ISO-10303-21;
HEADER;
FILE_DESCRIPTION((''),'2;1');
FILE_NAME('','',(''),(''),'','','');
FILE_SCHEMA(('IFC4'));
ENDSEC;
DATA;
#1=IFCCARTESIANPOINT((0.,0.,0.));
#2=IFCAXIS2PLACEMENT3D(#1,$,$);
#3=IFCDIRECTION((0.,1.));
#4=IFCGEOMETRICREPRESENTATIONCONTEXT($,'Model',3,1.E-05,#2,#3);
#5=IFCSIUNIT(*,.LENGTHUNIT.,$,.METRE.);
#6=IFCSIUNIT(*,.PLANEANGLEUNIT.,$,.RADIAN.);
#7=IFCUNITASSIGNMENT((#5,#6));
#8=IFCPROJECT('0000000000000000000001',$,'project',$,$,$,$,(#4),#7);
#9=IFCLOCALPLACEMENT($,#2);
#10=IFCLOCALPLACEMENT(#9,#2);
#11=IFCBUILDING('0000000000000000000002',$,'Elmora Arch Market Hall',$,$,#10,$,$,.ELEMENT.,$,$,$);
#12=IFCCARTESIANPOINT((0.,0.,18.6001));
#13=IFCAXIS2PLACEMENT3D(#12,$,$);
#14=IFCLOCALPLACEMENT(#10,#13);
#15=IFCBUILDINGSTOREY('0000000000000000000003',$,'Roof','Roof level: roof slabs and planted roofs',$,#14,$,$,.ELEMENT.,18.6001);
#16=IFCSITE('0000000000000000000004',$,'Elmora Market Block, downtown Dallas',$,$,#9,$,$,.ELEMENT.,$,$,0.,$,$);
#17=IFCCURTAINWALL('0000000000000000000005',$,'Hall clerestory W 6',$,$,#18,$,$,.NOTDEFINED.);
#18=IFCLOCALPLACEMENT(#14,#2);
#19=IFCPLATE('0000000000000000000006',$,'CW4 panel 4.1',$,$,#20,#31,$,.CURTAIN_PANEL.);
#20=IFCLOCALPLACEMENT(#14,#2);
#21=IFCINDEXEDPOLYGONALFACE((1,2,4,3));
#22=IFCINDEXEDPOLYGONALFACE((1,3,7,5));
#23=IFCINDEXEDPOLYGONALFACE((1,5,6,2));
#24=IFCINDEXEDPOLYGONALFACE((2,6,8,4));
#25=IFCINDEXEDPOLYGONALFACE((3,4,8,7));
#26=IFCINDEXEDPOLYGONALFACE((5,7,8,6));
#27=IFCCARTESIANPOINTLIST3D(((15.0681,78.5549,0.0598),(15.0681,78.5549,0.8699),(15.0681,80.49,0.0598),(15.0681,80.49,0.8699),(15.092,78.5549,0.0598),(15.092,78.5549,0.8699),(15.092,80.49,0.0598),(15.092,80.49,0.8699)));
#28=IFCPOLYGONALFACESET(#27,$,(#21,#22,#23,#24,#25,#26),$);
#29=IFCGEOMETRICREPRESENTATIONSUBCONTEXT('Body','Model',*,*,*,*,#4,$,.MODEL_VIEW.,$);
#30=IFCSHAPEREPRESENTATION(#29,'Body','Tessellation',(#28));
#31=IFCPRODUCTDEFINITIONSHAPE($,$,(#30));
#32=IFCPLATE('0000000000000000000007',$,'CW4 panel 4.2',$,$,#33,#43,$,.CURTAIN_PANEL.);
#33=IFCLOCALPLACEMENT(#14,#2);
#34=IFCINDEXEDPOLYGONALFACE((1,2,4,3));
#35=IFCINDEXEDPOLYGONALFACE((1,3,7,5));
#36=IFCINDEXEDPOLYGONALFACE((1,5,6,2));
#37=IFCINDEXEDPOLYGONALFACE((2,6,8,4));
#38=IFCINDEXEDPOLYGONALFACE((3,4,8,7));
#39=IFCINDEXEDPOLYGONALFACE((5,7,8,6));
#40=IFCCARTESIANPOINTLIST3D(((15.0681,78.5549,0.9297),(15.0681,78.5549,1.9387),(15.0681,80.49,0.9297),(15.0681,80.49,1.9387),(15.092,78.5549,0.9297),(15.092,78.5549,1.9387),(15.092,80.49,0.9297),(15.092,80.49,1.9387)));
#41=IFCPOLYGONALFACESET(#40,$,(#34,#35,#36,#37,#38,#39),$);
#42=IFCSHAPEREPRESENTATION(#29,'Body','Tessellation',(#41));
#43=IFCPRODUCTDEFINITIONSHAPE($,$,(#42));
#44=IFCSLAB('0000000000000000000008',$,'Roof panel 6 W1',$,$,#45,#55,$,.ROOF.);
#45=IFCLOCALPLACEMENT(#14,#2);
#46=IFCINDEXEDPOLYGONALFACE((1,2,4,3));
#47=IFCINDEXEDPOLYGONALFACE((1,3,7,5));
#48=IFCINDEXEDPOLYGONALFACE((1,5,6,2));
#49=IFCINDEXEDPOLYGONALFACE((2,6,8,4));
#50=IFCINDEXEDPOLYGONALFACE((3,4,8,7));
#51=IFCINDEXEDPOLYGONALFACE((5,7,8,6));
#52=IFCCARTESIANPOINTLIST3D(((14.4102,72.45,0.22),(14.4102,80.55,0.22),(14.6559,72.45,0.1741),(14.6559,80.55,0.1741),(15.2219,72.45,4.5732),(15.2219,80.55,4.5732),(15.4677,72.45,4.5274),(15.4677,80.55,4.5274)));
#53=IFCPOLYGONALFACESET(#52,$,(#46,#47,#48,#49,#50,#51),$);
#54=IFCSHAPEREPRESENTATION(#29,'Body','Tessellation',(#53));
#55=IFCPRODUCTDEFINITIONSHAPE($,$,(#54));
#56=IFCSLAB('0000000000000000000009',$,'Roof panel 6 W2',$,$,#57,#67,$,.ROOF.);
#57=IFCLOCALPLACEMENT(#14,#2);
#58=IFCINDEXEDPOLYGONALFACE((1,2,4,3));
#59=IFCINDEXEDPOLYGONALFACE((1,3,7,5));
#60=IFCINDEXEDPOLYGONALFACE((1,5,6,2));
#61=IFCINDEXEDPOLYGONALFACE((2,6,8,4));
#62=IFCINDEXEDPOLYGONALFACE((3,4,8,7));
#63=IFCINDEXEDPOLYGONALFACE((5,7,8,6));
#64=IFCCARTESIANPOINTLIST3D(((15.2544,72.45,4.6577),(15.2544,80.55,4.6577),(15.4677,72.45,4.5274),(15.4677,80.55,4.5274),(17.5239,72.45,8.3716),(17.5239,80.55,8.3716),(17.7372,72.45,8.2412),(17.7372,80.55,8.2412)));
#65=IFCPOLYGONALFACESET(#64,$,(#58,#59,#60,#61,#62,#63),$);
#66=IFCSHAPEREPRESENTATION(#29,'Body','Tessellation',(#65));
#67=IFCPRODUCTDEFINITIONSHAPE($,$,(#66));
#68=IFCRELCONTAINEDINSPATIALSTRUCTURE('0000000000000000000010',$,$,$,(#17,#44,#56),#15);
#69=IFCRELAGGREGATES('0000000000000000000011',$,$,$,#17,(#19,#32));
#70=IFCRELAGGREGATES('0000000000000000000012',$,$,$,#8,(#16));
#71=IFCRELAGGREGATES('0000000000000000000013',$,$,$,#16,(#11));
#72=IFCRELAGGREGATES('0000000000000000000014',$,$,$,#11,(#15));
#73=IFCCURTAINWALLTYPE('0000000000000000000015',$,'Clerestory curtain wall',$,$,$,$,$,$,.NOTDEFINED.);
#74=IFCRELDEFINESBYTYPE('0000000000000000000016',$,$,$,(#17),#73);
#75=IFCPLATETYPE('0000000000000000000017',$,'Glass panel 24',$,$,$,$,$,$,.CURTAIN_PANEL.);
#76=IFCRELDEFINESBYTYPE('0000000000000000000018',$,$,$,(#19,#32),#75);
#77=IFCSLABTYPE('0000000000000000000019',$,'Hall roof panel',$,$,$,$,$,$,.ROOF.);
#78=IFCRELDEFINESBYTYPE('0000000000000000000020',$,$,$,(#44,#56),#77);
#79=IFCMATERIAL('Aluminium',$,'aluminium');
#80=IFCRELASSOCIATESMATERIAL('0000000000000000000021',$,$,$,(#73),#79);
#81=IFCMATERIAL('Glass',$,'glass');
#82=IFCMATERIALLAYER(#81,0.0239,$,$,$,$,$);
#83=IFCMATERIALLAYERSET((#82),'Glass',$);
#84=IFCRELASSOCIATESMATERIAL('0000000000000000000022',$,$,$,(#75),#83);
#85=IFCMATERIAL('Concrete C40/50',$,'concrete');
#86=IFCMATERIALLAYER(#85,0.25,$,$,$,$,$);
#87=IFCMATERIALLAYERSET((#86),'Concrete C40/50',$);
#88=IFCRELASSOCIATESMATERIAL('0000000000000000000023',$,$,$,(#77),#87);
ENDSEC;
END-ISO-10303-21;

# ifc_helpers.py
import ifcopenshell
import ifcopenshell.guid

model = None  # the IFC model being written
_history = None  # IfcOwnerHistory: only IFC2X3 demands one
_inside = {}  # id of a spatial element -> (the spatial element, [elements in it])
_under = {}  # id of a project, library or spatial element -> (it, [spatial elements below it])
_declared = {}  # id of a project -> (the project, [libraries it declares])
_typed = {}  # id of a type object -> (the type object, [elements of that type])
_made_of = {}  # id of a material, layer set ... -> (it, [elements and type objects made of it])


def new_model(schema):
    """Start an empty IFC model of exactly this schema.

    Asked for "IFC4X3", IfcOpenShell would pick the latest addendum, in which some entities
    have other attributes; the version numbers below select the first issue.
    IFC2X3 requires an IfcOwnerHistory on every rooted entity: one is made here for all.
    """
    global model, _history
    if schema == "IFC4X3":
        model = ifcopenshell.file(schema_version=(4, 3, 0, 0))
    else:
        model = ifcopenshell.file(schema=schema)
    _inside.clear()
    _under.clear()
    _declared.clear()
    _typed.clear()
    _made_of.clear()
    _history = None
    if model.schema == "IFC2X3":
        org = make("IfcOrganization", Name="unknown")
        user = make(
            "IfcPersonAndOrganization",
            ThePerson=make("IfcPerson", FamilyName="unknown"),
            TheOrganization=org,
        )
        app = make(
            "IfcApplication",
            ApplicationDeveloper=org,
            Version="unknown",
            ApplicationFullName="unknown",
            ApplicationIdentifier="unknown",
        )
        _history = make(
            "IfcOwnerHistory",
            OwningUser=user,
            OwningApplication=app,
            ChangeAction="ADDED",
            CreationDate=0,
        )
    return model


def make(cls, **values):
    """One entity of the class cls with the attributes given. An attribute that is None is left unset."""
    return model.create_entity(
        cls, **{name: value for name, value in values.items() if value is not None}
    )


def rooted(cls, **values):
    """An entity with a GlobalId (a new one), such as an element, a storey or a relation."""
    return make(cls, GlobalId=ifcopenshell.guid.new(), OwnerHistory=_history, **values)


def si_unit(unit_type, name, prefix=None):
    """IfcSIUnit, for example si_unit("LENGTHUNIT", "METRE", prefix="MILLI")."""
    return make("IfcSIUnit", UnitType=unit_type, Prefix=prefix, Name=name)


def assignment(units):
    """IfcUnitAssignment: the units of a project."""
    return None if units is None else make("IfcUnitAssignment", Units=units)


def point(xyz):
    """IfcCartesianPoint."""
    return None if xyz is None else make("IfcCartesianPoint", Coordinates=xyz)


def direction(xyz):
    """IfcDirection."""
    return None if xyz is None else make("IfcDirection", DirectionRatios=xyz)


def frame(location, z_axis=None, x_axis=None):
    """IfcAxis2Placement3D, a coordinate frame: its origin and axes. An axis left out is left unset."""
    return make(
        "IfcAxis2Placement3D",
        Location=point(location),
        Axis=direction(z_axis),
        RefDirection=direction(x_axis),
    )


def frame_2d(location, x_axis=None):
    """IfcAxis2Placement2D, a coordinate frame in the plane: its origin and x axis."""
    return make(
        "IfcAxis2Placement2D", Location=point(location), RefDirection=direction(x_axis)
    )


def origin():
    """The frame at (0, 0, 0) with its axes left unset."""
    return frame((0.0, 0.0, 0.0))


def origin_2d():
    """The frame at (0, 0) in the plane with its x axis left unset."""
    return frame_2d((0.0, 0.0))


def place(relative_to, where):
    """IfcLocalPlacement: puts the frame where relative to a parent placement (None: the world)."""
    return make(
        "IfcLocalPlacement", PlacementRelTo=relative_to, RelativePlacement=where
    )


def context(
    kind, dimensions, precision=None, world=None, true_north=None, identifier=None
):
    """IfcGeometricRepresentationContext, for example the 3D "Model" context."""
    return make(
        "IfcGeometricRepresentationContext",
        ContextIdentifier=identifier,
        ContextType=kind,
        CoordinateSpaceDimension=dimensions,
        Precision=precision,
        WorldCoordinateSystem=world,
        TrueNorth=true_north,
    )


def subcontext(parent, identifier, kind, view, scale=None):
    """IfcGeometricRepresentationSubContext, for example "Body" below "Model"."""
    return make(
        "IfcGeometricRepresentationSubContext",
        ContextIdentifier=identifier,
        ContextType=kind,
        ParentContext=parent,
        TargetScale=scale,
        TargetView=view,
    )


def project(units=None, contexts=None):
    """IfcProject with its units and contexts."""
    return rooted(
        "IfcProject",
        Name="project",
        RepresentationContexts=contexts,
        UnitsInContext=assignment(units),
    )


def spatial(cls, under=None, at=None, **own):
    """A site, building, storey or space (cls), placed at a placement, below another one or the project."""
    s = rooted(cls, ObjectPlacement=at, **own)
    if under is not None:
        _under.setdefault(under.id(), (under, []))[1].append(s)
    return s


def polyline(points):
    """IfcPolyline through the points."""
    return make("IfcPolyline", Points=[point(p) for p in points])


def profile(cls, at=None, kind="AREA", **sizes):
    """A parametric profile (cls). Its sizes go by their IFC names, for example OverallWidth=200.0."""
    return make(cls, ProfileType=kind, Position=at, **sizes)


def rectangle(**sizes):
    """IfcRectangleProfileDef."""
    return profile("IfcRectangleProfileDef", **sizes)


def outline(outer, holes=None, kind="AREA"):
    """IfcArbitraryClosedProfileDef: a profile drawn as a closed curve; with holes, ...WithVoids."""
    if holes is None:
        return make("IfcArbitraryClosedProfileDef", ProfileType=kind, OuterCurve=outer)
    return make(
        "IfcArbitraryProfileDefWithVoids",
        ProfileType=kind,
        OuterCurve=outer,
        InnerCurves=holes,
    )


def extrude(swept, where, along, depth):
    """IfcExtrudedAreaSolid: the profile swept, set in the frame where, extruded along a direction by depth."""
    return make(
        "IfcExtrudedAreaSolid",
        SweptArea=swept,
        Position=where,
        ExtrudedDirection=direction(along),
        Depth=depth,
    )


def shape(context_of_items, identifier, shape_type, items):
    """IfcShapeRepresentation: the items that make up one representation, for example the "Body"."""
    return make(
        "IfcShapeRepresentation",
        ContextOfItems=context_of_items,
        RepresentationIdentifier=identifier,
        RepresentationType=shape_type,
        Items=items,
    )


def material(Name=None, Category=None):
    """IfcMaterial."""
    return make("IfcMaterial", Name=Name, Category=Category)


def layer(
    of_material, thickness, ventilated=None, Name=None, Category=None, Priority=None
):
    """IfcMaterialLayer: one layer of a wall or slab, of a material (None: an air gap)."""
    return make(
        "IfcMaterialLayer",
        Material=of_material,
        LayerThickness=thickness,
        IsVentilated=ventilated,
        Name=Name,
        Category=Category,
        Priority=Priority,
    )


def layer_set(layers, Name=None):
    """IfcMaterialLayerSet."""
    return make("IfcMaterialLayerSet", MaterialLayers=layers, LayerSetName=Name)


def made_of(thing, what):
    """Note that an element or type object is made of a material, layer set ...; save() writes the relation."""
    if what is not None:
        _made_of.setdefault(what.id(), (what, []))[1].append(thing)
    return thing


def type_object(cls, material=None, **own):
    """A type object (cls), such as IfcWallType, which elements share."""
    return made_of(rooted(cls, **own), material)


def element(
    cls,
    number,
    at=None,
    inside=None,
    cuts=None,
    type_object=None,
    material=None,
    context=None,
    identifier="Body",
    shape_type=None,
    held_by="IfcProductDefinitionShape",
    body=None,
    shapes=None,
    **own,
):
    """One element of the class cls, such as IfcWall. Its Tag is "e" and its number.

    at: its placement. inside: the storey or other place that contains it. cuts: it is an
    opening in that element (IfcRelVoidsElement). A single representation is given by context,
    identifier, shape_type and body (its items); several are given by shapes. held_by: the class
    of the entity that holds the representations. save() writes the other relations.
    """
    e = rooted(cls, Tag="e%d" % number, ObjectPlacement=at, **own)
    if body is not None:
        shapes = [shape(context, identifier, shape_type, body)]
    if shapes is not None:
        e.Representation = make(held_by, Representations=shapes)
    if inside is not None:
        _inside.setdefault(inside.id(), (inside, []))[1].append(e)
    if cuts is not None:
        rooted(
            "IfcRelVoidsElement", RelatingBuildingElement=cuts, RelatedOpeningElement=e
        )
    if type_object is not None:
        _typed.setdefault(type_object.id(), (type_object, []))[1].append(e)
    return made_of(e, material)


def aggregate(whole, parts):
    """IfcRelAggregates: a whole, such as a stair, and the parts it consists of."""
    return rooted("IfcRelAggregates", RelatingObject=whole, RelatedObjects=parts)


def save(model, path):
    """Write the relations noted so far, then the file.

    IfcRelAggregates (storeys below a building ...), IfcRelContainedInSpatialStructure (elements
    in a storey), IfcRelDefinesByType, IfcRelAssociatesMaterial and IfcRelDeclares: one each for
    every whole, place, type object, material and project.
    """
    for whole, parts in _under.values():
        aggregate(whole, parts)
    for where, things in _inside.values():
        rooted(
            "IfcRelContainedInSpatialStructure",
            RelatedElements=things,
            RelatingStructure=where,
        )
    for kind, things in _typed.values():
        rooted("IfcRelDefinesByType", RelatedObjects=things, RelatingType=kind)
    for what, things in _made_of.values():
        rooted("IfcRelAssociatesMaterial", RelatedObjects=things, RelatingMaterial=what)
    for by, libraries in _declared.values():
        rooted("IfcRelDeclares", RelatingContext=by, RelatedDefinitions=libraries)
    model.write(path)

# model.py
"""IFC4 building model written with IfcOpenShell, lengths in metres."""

from ifc_helpers import new_model, si_unit, direction, frame, origin, origin_2d, place, context, subcontext, project, spatial, polyline, rectangle, outline, extrude, material, layer, layer_set, type_object, element, aggregate, save


model = new_model("IFC4")

# Units and contexts
model_context = context("Model", 3, precision=1e-05, world=origin(), true_north=direction((0.0, 1.0)))
body_context = subcontext(model_context, "Body", "Model", "MODEL_VIEW")
ifc_project = project(units=[si_unit("LENGTHUNIT", "METRE"), si_unit("PLANEANGLEUNIT", "RADIAN")], contexts=[model_context])

# Site, building, storey
site_placement = place(None, origin())
site = spatial("IfcSite", under=ifc_project, at=site_placement, Name="Elmora Market Block, downtown Dallas", CompositionType="ELEMENT", RefElevation=0.0)
building_placement = place(site_placement, origin())
building = spatial("IfcBuilding", under=site, at=building_placement, Name="Elmora Arch Market Hall", CompositionType="ELEMENT")
storey_placement = place(building_placement, frame((0.0, 0.0, 18.6001)))
storey = spatial("IfcBuildingStorey", under=building, at=storey_placement, Name="Roof", Description="Roof level: roof slabs and planted roofs", CompositionType="ELEMENT", Elevation=18.6001)

# Shared definitions
ifc_material_1 = material(Name="Aluminium", Category="aluminium")
curtain_wall_type = type_object("IfcCurtainWallType", Name="Clerestory curtain wall", PredefinedType="NOTDEFINED", material=ifc_material_1)

# Curtain wall
curtain_wall_1_placement = place(storey_placement, origin())
curtain_wall_1 = element("IfcCurtainWall", 1, at=curtain_wall_1_placement, inside=storey, type_object=curtain_wall_type, Name="Hall clerestory W 6", PredefinedType="NOTDEFINED")

# Plates
ifc_material_2 = material(Name="Glass", Category="glass")
ifc_layer_1 = layer(ifc_material_2, 0.0239)
ifc_layer_set_1 = layer_set([ifc_layer_1], Name="Glass")
plate_type = type_object("IfcPlateType", Name="Glass panel 24", PredefinedType="CURTAIN_PANEL", material=ifc_layer_set_1)
plate_1_placement = place(storey_placement, frame((15.0801, 79.5225, 0.0598), z_axis=(0.0, 0.0, 1.0), x_axis=(0.0, 1.0, 0.0)))
plate_1 = element("IfcPlate", 2, at=plate_1_placement, type_object=plate_type, Name="CW4 panel 4.1", PredefinedType="CURTAIN_PANEL", context=body_context, shape_type="SweptSolid", body=[
    extrude(rectangle(XDim=1.9351, YDim=0.0239, at=origin_2d()), origin(), (0.0, 0.0, 1.0), 0.8101),
])
plate_2_placement = place(storey_placement, frame((15.0801, 79.5225, 0.9297), z_axis=(0.0, 0.0, 1.0), x_axis=(0.0, 1.0, 0.0)))
plate_2 = element("IfcPlate", 3, at=plate_2_placement, type_object=plate_type, Name="CW4 panel 4.2", PredefinedType="CURTAIN_PANEL", context=body_context, shape_type="SweptSolid", body=[
    extrude(rectangle(XDim=1.9351, YDim=0.0239, at=origin_2d()), origin(), (0.0, 0.0, 1.0), 1.009),
])
aggregate(curtain_wall_1, [plate_1, plate_2])

# Slabs
ifc_material_3 = material(Name="Concrete C40/50", Category="concrete")
ifc_layer_2 = layer(ifc_material_3, 0.25)
ifc_layer_set_2 = layer_set([ifc_layer_2], Name="Concrete C40/50")
slab_type = type_object("IfcSlabType", Name="Hall roof panel", PredefinedType="ROOF", material=ifc_layer_set_2)
slab_1_placement = place(storey_placement, frame((14.4102, 72.45, 0.22), z_axis=(-0.983055, 0.0, 0.183313), x_axis=(0.0, 1.0, 0.0)))
element("IfcSlab", 4, at=slab_1_placement, inside=storey, type_object=slab_type, Name="Roof panel 6 W1", PredefinedType="ROOF", context=body_context, shape_type="SweptSolid", body=[
    extrude(outline(polyline([(0.0, 0.0), (8.1001, 0.0), (8.1001, -4.4283), (0.0, -4.4283), (0.0, 0.0)])), origin(), (0.0, 0.0, -1.0), 0.25),
])
slab_2_placement = place(storey_placement, frame((15.2544, 72.45, 4.6577), z_axis=(-0.853287, 0.0, 0.521441), x_axis=(0.0, 1.0, 0.0)))
element("IfcSlab", 5, at=slab_2_placement, inside=storey, type_object=slab_type, Name="Roof panel 6 W2", PredefinedType="ROOF", context=body_context, shape_type="SweptSolid", body=[
    extrude(outline(polyline([(0.0, 0.0), (8.1001, 0.0), (8.1001, -4.3524), (0.0, -4.3524), (0.0, 0.0)])), origin(), (0.0, 0.0, -1.0), 0.25),
])

save(model, "model.ifc")
